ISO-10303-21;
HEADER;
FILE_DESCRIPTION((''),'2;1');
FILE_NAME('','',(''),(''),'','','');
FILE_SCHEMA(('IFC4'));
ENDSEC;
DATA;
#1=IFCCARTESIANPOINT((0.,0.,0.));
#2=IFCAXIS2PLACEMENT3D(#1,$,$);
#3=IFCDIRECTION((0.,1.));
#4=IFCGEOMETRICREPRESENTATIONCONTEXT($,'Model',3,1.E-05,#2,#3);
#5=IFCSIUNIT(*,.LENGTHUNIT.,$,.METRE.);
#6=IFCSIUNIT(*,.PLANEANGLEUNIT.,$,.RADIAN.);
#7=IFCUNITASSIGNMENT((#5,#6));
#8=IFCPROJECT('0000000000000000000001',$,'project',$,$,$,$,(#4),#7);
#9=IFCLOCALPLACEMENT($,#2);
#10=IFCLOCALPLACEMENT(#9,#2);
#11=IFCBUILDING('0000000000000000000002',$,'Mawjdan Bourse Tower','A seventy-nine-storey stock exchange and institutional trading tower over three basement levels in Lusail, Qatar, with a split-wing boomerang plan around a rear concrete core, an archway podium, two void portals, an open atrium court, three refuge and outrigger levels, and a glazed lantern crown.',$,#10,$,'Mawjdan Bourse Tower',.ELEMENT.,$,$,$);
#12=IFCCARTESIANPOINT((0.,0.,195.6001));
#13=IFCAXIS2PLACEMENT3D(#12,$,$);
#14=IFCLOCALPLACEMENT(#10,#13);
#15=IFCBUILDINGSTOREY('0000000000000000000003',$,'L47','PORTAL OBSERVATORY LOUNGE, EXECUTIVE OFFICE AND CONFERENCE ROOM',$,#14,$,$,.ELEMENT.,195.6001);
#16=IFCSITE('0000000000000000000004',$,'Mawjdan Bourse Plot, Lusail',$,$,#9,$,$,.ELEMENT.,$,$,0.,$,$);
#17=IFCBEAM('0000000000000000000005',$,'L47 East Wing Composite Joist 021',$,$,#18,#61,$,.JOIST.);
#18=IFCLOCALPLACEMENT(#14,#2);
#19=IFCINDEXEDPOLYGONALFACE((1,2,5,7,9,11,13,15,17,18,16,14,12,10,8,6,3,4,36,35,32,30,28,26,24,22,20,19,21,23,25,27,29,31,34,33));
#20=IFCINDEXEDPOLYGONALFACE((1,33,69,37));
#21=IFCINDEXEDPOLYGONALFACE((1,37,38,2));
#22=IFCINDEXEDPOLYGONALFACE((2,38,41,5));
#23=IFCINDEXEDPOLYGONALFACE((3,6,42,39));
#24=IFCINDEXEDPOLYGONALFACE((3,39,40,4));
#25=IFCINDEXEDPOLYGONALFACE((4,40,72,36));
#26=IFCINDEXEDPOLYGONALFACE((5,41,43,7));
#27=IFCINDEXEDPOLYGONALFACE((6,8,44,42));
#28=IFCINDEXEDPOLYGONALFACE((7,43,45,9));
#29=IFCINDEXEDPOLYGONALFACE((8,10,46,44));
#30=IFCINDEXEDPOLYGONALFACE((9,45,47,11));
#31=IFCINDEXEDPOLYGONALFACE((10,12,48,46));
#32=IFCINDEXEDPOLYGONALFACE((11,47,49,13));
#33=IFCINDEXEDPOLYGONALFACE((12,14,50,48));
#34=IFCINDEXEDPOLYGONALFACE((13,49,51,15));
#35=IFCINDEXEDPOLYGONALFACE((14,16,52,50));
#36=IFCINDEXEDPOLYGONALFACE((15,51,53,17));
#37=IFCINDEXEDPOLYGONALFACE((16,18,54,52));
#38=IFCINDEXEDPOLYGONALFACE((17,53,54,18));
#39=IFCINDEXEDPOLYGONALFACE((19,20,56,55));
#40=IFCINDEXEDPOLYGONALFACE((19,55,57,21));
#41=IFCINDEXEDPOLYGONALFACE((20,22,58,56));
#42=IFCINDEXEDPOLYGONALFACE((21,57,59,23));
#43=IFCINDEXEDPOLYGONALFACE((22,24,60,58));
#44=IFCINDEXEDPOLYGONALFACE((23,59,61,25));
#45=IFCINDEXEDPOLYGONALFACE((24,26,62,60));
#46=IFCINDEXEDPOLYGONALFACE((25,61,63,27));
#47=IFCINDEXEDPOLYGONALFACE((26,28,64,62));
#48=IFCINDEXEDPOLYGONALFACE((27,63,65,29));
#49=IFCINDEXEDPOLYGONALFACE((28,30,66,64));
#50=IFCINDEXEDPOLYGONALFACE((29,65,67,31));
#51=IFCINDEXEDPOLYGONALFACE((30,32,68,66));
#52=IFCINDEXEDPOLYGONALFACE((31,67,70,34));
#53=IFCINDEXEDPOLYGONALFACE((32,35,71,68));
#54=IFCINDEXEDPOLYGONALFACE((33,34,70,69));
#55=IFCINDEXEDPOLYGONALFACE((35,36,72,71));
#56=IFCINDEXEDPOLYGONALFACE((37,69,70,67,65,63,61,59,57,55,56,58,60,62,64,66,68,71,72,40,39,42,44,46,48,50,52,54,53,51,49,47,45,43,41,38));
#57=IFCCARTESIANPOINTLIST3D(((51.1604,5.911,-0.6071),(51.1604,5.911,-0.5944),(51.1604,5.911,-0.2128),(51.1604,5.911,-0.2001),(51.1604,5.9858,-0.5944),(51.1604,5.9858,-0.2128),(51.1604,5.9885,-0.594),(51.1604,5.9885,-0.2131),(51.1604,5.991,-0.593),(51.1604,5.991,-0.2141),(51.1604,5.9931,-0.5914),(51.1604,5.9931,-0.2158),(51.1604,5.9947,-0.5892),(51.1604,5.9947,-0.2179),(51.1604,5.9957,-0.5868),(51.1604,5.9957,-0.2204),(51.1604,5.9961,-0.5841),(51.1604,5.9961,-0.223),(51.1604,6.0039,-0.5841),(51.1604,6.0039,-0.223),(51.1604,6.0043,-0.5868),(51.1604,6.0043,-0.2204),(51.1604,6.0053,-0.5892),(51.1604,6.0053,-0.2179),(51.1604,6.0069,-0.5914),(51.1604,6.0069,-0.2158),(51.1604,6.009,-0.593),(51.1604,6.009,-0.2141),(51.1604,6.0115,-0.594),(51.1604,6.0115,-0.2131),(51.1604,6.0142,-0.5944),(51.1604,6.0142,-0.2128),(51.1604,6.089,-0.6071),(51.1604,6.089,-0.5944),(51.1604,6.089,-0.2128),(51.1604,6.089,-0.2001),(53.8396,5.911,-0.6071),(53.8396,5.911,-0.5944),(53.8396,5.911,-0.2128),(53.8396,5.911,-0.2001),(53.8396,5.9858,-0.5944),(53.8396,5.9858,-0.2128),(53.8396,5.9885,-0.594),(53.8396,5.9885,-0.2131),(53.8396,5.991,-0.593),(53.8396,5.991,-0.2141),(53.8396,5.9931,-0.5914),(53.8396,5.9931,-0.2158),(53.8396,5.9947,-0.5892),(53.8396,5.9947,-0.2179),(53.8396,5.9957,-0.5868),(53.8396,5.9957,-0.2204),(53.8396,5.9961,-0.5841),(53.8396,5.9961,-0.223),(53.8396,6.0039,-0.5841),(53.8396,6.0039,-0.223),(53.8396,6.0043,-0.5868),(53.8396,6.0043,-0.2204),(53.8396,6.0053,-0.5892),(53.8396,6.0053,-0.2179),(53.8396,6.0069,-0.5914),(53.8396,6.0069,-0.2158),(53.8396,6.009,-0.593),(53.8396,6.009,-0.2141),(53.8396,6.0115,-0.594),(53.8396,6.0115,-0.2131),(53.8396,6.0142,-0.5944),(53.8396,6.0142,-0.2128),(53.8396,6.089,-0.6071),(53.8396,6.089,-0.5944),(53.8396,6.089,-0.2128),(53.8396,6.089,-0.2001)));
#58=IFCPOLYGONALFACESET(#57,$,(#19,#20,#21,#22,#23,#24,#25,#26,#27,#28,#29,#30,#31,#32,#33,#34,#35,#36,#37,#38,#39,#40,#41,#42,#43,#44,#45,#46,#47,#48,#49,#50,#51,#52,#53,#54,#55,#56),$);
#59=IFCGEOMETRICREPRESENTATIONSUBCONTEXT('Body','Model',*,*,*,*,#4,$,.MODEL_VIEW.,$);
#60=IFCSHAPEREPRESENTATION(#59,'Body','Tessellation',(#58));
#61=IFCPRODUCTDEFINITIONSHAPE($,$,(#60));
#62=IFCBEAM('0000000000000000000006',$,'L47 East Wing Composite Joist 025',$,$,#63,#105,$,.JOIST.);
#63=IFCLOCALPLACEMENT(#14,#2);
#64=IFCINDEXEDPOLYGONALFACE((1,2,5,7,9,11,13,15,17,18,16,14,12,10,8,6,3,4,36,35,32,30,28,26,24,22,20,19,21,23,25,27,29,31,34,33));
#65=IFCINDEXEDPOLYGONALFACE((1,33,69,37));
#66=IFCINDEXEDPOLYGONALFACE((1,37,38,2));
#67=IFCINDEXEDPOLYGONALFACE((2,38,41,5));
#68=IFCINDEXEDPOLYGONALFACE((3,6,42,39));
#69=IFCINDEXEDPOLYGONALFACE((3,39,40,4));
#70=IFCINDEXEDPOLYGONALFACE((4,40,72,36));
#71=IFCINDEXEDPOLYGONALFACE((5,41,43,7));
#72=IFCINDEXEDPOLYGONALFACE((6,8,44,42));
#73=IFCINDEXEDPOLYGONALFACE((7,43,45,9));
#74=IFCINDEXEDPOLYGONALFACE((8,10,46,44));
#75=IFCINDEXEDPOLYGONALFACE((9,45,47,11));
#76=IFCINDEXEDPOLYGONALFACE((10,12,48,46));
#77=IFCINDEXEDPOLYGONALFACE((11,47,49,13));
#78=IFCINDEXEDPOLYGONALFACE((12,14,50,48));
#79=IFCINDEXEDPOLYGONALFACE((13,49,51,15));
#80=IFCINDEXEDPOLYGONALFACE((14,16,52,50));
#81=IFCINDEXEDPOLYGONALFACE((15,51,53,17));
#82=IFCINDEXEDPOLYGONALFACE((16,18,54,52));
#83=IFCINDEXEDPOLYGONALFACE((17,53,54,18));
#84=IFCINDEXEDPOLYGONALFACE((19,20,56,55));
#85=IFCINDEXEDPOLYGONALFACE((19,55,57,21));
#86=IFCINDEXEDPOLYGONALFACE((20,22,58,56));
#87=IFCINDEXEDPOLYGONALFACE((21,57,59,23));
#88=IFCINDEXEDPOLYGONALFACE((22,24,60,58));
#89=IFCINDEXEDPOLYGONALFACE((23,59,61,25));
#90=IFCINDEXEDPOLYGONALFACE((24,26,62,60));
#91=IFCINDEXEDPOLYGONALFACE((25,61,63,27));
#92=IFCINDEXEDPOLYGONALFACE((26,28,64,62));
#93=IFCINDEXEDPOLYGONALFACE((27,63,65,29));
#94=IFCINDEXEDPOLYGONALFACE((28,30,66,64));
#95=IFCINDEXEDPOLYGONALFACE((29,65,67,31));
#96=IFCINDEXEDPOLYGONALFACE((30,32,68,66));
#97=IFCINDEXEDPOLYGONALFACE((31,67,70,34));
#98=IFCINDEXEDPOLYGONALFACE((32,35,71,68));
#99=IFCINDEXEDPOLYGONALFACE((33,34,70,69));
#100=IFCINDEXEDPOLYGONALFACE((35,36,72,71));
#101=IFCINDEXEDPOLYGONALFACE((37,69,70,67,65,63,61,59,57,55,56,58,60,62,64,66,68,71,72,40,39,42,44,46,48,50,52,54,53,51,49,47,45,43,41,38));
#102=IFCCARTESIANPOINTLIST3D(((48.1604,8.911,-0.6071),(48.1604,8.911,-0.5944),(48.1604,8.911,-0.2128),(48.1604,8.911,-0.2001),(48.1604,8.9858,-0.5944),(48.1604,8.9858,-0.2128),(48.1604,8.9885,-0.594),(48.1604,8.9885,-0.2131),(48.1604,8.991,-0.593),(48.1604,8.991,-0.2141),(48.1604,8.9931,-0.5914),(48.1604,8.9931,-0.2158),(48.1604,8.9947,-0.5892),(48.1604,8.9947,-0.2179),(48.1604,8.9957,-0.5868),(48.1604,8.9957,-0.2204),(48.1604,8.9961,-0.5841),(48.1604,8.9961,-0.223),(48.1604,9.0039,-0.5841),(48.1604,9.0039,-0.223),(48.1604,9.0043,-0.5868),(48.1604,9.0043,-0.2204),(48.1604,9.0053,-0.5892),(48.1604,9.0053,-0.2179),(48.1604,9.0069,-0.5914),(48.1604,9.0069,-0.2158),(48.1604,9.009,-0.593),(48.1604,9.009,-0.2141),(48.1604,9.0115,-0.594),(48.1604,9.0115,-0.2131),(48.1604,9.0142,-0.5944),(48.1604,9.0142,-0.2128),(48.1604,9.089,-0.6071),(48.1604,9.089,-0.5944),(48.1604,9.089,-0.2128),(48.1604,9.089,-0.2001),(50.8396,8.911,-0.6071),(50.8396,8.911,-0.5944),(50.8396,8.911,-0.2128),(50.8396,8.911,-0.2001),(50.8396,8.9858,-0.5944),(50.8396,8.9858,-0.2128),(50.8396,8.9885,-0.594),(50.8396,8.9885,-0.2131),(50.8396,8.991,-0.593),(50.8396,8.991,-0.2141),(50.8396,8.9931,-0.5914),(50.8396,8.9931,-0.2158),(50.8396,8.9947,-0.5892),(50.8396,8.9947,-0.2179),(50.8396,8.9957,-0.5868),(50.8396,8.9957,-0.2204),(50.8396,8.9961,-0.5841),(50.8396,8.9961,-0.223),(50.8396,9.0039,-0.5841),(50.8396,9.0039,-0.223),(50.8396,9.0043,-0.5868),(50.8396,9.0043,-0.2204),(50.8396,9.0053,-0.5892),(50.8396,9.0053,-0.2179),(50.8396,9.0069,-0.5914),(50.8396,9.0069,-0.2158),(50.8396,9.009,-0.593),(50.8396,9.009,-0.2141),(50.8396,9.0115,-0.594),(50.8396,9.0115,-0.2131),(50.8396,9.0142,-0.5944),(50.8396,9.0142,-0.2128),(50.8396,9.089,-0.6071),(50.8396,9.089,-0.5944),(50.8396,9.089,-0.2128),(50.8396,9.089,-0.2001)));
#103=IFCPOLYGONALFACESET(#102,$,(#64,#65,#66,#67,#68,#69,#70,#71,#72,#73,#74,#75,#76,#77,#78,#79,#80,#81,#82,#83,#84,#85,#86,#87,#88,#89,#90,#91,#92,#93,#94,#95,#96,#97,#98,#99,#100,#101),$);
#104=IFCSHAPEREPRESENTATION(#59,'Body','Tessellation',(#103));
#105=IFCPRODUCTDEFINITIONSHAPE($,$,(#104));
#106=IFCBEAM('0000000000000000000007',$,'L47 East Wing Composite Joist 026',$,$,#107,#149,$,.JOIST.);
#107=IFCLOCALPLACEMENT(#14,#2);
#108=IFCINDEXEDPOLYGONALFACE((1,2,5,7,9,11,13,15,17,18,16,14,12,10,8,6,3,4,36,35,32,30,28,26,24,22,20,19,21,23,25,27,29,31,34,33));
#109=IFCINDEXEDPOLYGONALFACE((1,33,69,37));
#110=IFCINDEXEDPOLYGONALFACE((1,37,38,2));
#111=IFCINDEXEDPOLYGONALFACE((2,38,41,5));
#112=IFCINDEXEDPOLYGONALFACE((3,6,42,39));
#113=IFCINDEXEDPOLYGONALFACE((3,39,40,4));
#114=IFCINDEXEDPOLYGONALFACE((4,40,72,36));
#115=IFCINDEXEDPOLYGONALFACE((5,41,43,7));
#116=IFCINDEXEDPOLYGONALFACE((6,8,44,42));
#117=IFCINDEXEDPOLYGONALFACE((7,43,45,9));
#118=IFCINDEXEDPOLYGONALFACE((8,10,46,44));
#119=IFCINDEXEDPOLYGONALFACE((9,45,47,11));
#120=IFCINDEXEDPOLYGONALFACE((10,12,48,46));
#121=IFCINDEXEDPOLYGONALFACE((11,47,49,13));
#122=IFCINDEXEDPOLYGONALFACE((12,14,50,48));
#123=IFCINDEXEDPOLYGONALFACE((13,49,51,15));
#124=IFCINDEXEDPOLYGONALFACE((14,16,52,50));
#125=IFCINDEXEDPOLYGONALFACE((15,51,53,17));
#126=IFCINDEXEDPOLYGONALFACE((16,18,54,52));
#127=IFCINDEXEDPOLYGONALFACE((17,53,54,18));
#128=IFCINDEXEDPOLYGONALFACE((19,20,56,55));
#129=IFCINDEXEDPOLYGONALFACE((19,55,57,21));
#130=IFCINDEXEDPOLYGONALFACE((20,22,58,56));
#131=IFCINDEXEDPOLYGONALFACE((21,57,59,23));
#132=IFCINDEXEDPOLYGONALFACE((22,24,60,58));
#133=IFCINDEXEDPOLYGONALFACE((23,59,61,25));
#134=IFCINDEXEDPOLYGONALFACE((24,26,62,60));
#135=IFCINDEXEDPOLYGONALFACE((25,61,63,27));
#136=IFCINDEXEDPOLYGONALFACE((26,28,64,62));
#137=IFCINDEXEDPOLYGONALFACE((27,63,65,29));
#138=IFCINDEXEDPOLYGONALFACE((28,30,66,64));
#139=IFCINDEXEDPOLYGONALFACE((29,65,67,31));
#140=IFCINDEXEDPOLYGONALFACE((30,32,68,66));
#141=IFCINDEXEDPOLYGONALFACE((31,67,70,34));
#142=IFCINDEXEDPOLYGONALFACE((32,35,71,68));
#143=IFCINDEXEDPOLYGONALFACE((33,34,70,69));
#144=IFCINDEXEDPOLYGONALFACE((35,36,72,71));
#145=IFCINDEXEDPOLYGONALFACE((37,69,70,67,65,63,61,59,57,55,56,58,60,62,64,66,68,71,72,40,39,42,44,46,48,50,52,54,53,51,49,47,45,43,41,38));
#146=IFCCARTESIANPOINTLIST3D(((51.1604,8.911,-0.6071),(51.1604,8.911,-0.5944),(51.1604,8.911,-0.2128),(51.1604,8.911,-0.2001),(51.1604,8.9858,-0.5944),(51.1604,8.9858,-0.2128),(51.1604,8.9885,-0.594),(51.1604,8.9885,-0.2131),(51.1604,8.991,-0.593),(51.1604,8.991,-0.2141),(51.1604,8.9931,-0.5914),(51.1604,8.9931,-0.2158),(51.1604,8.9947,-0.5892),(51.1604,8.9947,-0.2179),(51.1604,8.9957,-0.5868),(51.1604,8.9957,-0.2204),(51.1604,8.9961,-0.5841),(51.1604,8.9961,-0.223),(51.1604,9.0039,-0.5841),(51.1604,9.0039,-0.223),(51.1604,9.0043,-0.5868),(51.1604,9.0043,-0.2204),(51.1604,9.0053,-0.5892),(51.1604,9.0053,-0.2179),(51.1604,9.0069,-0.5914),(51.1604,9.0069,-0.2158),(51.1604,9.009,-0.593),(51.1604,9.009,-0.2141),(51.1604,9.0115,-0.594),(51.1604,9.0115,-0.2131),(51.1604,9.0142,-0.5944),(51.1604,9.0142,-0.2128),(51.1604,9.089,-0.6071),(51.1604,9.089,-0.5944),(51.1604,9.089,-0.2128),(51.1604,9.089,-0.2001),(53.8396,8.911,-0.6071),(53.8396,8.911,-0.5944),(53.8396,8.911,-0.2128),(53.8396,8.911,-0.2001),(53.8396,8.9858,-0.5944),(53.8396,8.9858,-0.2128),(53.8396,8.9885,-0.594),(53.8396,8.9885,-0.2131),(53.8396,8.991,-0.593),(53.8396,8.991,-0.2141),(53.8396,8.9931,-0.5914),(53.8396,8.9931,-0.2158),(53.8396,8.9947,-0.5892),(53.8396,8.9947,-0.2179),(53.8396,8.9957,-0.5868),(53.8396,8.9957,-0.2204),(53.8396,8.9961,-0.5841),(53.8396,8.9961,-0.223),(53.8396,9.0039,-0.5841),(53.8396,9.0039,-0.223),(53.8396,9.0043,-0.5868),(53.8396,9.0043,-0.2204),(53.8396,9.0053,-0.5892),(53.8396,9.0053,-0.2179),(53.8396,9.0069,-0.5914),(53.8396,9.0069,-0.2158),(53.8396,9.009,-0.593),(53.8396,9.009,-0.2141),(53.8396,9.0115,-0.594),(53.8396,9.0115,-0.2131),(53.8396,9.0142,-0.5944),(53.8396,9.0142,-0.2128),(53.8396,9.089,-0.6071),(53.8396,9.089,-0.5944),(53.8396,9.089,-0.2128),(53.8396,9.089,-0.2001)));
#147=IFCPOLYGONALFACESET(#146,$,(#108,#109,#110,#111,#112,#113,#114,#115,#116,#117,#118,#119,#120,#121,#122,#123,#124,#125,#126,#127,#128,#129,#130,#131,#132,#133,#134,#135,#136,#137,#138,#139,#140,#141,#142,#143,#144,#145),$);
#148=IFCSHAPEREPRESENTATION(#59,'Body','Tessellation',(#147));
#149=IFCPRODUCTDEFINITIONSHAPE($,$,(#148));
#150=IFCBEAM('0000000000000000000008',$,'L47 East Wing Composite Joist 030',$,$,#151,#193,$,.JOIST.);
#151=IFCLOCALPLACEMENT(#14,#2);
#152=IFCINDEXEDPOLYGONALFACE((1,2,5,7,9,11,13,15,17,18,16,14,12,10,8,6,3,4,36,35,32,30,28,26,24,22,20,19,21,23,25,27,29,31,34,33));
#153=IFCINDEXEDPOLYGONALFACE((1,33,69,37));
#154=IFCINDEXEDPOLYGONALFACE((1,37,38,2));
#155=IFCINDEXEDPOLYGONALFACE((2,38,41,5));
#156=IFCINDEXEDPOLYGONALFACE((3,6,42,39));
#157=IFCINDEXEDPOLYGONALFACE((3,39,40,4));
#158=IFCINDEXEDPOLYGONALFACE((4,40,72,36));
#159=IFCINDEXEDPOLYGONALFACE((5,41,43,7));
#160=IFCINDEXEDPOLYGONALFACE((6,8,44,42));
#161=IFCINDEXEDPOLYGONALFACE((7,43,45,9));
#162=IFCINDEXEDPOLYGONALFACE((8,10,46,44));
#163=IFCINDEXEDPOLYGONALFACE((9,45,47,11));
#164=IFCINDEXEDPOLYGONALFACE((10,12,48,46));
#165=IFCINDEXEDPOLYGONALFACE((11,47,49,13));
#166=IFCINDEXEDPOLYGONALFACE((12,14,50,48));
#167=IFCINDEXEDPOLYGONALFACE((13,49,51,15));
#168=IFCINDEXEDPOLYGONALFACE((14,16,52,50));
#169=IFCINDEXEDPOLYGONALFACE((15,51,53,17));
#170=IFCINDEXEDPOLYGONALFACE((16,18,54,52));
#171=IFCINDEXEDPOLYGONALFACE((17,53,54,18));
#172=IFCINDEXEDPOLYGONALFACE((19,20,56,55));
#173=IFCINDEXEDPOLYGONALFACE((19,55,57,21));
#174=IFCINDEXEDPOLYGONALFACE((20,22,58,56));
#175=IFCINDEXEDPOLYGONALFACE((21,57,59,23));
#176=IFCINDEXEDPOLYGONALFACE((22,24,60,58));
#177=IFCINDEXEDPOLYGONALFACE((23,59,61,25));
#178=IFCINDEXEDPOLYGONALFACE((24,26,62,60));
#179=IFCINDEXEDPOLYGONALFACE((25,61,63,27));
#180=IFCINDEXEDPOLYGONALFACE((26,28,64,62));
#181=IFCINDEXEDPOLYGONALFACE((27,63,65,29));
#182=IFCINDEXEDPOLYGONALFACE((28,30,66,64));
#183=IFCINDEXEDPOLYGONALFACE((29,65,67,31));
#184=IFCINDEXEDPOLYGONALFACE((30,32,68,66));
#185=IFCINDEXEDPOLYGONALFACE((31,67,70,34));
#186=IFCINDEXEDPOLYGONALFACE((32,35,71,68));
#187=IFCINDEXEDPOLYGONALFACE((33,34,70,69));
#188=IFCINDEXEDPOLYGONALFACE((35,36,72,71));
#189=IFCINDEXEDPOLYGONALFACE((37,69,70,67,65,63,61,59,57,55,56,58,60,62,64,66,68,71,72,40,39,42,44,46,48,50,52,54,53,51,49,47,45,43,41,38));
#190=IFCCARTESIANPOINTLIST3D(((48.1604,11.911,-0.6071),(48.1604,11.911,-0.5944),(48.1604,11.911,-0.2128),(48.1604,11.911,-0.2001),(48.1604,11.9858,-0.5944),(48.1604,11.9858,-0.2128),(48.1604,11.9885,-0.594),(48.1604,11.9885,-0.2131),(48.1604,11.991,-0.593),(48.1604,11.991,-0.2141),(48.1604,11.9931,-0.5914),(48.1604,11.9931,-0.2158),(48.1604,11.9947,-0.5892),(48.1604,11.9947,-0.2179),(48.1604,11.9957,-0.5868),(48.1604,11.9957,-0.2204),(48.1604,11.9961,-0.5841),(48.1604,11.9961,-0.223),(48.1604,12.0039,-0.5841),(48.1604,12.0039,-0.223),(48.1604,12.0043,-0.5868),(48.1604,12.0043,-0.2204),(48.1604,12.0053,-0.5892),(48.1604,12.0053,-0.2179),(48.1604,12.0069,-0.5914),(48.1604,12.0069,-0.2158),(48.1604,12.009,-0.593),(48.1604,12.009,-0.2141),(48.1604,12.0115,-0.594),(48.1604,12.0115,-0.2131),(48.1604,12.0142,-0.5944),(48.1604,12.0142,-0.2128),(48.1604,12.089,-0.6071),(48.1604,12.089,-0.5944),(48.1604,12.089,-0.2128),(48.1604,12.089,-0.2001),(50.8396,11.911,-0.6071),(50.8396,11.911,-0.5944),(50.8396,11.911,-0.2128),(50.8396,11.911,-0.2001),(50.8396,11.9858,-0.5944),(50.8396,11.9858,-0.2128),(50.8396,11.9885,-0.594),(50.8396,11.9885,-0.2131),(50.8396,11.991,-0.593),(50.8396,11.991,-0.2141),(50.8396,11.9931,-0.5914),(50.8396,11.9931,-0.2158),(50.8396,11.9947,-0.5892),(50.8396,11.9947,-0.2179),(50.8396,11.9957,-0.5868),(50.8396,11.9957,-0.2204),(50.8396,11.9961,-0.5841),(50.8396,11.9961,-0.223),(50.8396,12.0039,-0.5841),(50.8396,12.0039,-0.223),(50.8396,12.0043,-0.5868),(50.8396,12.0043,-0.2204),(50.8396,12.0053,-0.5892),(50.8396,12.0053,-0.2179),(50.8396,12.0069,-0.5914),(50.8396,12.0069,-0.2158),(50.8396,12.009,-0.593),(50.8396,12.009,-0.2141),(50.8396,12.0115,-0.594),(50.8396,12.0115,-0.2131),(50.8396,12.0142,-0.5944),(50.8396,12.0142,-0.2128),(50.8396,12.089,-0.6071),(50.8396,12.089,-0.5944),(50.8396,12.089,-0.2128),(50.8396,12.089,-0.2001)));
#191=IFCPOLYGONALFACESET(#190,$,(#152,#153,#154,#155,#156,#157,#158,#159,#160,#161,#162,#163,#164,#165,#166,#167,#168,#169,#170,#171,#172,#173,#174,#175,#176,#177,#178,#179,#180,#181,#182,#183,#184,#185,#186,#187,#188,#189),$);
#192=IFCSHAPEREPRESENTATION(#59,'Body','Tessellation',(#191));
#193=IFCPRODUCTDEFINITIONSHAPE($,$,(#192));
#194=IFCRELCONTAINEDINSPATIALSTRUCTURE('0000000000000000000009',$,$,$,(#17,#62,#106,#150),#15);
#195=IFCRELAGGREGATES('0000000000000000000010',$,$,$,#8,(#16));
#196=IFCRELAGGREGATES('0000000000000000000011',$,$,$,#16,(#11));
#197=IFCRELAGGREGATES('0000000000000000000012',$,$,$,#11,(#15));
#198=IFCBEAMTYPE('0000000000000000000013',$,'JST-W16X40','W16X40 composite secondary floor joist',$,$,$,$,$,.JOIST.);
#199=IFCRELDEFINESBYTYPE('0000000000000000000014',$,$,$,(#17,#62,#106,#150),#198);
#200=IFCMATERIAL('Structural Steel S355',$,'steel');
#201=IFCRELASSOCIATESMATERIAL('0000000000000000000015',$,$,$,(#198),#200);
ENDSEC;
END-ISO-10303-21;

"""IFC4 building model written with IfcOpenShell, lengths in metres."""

from ifc_helpers import new_model, si_unit, direction, frame, origin, origin_2d, place, context, subcontext, project, spatial, i_section, extrude, material, material_profile, profile_set, type_object, element, save


model = new_model("IFC4")

# Units and contexts
model_context = context("Model", 3, precision=1e-05, world=origin(), true_north=direction((0.0, 1.0)))
body_context = subcontext(model_context, "Body", "Model", "MODEL_VIEW")
ifc_project = project(units=[si_unit("LENGTHUNIT", "METRE"), si_unit("PLANEANGLEUNIT", "RADIAN")], contexts=[model_context])

# Site, building, storey
site_placement = place(None, origin())
site = spatial("IfcSite", under=ifc_project, at=site_placement, Name="Mawjdan Bourse Plot, Lusail", CompositionType="ELEMENT", RefElevation=0.0)
building_placement = place(site_placement, origin())
building = spatial("IfcBuilding", under=site, at=building_placement, Name="Mawjdan Bourse Tower", Description="A seventy-nine-storey stock exchange and institutional trading tower over three basement levels in Lusail, Qatar, with a split-wing boomerang plan around a rear concrete core, an archway podium, two void portals, an open atrium court, three refuge and outrigger levels, and a glazed lantern crown.", LongName="Mawjdan Bourse Tower", CompositionType="ELEMENT")
storey_placement = place(building_placement, frame((0.0, 0.0, 195.6001)))
storey = spatial("IfcBuildingStorey", under=building, at=storey_placement, Name="L47", Description="PORTAL OBSERVATORY LOUNGE, EXECUTIVE OFFICE AND CONFERENCE ROOM", CompositionType="ELEMENT", Elevation=195.6001)

# Beams
ifc_material_1 = material(Name="Structural Steel S355", Category="steel")
ifc_material_profile_1 = material_profile(ifc_material_1, i_section(OverallWidth=0.178, OverallDepth=0.407, WebThickness=0.0078, FlangeThickness=0.0127, FilletRadius=0.0103, at=origin_2d()), Name="W16X40")
ifc_profile_set_1 = profile_set([ifc_material_profile_1], Name="Structural Steel S355")
beam_type_1 = type_object("IfcBeamType", Name="JST-W16X40", Description="W16X40 composite secondary floor joist", PredefinedType="JOIST", material=ifc_profile_set_1)
for number, where, z_axis, x_axis, name in (
    (1, (51.1604, 6.0, -0.4036), (1.0, 0.0, 0.0), (0.0, 1.0, 0.0), "L47 East Wing Composite Joist 021"),
    (2, (48.1604, 9.0, -0.4036), (1.0, 0.0, 0.0), (0.0, 1.0, 0.0), "L47 East Wing Composite Joist 025"),
    (3, (51.1604, 9.0, -0.4036), (1.0, 0.0, 0.0), (0.0, 1.0, 0.0), "L47 East Wing Composite Joist 026"),
    (4, (48.1604, 12.0, -0.4036), (1.0, 0.0, 0.0), (0.0, 1.0, 0.0), "L47 East Wing Composite Joist 030"),
):
    element("IfcBeam", number, at=place(storey_placement, frame(where, z_axis=z_axis, x_axis=x_axis)), inside=storey, type_object=beam_type_1, Name=name, PredefinedType="JOIST", context=body_context, shape_type="SweptSolid", body=[
        extrude(i_section(OverallWidth=0.178, OverallDepth=0.407, WebThickness=0.0078, FlangeThickness=0.0127, FilletRadius=0.0103, at=origin_2d()), origin(), (0.0, 0.0, 1.0), 2.6792),
    ])

save(model, "model.ifc")
